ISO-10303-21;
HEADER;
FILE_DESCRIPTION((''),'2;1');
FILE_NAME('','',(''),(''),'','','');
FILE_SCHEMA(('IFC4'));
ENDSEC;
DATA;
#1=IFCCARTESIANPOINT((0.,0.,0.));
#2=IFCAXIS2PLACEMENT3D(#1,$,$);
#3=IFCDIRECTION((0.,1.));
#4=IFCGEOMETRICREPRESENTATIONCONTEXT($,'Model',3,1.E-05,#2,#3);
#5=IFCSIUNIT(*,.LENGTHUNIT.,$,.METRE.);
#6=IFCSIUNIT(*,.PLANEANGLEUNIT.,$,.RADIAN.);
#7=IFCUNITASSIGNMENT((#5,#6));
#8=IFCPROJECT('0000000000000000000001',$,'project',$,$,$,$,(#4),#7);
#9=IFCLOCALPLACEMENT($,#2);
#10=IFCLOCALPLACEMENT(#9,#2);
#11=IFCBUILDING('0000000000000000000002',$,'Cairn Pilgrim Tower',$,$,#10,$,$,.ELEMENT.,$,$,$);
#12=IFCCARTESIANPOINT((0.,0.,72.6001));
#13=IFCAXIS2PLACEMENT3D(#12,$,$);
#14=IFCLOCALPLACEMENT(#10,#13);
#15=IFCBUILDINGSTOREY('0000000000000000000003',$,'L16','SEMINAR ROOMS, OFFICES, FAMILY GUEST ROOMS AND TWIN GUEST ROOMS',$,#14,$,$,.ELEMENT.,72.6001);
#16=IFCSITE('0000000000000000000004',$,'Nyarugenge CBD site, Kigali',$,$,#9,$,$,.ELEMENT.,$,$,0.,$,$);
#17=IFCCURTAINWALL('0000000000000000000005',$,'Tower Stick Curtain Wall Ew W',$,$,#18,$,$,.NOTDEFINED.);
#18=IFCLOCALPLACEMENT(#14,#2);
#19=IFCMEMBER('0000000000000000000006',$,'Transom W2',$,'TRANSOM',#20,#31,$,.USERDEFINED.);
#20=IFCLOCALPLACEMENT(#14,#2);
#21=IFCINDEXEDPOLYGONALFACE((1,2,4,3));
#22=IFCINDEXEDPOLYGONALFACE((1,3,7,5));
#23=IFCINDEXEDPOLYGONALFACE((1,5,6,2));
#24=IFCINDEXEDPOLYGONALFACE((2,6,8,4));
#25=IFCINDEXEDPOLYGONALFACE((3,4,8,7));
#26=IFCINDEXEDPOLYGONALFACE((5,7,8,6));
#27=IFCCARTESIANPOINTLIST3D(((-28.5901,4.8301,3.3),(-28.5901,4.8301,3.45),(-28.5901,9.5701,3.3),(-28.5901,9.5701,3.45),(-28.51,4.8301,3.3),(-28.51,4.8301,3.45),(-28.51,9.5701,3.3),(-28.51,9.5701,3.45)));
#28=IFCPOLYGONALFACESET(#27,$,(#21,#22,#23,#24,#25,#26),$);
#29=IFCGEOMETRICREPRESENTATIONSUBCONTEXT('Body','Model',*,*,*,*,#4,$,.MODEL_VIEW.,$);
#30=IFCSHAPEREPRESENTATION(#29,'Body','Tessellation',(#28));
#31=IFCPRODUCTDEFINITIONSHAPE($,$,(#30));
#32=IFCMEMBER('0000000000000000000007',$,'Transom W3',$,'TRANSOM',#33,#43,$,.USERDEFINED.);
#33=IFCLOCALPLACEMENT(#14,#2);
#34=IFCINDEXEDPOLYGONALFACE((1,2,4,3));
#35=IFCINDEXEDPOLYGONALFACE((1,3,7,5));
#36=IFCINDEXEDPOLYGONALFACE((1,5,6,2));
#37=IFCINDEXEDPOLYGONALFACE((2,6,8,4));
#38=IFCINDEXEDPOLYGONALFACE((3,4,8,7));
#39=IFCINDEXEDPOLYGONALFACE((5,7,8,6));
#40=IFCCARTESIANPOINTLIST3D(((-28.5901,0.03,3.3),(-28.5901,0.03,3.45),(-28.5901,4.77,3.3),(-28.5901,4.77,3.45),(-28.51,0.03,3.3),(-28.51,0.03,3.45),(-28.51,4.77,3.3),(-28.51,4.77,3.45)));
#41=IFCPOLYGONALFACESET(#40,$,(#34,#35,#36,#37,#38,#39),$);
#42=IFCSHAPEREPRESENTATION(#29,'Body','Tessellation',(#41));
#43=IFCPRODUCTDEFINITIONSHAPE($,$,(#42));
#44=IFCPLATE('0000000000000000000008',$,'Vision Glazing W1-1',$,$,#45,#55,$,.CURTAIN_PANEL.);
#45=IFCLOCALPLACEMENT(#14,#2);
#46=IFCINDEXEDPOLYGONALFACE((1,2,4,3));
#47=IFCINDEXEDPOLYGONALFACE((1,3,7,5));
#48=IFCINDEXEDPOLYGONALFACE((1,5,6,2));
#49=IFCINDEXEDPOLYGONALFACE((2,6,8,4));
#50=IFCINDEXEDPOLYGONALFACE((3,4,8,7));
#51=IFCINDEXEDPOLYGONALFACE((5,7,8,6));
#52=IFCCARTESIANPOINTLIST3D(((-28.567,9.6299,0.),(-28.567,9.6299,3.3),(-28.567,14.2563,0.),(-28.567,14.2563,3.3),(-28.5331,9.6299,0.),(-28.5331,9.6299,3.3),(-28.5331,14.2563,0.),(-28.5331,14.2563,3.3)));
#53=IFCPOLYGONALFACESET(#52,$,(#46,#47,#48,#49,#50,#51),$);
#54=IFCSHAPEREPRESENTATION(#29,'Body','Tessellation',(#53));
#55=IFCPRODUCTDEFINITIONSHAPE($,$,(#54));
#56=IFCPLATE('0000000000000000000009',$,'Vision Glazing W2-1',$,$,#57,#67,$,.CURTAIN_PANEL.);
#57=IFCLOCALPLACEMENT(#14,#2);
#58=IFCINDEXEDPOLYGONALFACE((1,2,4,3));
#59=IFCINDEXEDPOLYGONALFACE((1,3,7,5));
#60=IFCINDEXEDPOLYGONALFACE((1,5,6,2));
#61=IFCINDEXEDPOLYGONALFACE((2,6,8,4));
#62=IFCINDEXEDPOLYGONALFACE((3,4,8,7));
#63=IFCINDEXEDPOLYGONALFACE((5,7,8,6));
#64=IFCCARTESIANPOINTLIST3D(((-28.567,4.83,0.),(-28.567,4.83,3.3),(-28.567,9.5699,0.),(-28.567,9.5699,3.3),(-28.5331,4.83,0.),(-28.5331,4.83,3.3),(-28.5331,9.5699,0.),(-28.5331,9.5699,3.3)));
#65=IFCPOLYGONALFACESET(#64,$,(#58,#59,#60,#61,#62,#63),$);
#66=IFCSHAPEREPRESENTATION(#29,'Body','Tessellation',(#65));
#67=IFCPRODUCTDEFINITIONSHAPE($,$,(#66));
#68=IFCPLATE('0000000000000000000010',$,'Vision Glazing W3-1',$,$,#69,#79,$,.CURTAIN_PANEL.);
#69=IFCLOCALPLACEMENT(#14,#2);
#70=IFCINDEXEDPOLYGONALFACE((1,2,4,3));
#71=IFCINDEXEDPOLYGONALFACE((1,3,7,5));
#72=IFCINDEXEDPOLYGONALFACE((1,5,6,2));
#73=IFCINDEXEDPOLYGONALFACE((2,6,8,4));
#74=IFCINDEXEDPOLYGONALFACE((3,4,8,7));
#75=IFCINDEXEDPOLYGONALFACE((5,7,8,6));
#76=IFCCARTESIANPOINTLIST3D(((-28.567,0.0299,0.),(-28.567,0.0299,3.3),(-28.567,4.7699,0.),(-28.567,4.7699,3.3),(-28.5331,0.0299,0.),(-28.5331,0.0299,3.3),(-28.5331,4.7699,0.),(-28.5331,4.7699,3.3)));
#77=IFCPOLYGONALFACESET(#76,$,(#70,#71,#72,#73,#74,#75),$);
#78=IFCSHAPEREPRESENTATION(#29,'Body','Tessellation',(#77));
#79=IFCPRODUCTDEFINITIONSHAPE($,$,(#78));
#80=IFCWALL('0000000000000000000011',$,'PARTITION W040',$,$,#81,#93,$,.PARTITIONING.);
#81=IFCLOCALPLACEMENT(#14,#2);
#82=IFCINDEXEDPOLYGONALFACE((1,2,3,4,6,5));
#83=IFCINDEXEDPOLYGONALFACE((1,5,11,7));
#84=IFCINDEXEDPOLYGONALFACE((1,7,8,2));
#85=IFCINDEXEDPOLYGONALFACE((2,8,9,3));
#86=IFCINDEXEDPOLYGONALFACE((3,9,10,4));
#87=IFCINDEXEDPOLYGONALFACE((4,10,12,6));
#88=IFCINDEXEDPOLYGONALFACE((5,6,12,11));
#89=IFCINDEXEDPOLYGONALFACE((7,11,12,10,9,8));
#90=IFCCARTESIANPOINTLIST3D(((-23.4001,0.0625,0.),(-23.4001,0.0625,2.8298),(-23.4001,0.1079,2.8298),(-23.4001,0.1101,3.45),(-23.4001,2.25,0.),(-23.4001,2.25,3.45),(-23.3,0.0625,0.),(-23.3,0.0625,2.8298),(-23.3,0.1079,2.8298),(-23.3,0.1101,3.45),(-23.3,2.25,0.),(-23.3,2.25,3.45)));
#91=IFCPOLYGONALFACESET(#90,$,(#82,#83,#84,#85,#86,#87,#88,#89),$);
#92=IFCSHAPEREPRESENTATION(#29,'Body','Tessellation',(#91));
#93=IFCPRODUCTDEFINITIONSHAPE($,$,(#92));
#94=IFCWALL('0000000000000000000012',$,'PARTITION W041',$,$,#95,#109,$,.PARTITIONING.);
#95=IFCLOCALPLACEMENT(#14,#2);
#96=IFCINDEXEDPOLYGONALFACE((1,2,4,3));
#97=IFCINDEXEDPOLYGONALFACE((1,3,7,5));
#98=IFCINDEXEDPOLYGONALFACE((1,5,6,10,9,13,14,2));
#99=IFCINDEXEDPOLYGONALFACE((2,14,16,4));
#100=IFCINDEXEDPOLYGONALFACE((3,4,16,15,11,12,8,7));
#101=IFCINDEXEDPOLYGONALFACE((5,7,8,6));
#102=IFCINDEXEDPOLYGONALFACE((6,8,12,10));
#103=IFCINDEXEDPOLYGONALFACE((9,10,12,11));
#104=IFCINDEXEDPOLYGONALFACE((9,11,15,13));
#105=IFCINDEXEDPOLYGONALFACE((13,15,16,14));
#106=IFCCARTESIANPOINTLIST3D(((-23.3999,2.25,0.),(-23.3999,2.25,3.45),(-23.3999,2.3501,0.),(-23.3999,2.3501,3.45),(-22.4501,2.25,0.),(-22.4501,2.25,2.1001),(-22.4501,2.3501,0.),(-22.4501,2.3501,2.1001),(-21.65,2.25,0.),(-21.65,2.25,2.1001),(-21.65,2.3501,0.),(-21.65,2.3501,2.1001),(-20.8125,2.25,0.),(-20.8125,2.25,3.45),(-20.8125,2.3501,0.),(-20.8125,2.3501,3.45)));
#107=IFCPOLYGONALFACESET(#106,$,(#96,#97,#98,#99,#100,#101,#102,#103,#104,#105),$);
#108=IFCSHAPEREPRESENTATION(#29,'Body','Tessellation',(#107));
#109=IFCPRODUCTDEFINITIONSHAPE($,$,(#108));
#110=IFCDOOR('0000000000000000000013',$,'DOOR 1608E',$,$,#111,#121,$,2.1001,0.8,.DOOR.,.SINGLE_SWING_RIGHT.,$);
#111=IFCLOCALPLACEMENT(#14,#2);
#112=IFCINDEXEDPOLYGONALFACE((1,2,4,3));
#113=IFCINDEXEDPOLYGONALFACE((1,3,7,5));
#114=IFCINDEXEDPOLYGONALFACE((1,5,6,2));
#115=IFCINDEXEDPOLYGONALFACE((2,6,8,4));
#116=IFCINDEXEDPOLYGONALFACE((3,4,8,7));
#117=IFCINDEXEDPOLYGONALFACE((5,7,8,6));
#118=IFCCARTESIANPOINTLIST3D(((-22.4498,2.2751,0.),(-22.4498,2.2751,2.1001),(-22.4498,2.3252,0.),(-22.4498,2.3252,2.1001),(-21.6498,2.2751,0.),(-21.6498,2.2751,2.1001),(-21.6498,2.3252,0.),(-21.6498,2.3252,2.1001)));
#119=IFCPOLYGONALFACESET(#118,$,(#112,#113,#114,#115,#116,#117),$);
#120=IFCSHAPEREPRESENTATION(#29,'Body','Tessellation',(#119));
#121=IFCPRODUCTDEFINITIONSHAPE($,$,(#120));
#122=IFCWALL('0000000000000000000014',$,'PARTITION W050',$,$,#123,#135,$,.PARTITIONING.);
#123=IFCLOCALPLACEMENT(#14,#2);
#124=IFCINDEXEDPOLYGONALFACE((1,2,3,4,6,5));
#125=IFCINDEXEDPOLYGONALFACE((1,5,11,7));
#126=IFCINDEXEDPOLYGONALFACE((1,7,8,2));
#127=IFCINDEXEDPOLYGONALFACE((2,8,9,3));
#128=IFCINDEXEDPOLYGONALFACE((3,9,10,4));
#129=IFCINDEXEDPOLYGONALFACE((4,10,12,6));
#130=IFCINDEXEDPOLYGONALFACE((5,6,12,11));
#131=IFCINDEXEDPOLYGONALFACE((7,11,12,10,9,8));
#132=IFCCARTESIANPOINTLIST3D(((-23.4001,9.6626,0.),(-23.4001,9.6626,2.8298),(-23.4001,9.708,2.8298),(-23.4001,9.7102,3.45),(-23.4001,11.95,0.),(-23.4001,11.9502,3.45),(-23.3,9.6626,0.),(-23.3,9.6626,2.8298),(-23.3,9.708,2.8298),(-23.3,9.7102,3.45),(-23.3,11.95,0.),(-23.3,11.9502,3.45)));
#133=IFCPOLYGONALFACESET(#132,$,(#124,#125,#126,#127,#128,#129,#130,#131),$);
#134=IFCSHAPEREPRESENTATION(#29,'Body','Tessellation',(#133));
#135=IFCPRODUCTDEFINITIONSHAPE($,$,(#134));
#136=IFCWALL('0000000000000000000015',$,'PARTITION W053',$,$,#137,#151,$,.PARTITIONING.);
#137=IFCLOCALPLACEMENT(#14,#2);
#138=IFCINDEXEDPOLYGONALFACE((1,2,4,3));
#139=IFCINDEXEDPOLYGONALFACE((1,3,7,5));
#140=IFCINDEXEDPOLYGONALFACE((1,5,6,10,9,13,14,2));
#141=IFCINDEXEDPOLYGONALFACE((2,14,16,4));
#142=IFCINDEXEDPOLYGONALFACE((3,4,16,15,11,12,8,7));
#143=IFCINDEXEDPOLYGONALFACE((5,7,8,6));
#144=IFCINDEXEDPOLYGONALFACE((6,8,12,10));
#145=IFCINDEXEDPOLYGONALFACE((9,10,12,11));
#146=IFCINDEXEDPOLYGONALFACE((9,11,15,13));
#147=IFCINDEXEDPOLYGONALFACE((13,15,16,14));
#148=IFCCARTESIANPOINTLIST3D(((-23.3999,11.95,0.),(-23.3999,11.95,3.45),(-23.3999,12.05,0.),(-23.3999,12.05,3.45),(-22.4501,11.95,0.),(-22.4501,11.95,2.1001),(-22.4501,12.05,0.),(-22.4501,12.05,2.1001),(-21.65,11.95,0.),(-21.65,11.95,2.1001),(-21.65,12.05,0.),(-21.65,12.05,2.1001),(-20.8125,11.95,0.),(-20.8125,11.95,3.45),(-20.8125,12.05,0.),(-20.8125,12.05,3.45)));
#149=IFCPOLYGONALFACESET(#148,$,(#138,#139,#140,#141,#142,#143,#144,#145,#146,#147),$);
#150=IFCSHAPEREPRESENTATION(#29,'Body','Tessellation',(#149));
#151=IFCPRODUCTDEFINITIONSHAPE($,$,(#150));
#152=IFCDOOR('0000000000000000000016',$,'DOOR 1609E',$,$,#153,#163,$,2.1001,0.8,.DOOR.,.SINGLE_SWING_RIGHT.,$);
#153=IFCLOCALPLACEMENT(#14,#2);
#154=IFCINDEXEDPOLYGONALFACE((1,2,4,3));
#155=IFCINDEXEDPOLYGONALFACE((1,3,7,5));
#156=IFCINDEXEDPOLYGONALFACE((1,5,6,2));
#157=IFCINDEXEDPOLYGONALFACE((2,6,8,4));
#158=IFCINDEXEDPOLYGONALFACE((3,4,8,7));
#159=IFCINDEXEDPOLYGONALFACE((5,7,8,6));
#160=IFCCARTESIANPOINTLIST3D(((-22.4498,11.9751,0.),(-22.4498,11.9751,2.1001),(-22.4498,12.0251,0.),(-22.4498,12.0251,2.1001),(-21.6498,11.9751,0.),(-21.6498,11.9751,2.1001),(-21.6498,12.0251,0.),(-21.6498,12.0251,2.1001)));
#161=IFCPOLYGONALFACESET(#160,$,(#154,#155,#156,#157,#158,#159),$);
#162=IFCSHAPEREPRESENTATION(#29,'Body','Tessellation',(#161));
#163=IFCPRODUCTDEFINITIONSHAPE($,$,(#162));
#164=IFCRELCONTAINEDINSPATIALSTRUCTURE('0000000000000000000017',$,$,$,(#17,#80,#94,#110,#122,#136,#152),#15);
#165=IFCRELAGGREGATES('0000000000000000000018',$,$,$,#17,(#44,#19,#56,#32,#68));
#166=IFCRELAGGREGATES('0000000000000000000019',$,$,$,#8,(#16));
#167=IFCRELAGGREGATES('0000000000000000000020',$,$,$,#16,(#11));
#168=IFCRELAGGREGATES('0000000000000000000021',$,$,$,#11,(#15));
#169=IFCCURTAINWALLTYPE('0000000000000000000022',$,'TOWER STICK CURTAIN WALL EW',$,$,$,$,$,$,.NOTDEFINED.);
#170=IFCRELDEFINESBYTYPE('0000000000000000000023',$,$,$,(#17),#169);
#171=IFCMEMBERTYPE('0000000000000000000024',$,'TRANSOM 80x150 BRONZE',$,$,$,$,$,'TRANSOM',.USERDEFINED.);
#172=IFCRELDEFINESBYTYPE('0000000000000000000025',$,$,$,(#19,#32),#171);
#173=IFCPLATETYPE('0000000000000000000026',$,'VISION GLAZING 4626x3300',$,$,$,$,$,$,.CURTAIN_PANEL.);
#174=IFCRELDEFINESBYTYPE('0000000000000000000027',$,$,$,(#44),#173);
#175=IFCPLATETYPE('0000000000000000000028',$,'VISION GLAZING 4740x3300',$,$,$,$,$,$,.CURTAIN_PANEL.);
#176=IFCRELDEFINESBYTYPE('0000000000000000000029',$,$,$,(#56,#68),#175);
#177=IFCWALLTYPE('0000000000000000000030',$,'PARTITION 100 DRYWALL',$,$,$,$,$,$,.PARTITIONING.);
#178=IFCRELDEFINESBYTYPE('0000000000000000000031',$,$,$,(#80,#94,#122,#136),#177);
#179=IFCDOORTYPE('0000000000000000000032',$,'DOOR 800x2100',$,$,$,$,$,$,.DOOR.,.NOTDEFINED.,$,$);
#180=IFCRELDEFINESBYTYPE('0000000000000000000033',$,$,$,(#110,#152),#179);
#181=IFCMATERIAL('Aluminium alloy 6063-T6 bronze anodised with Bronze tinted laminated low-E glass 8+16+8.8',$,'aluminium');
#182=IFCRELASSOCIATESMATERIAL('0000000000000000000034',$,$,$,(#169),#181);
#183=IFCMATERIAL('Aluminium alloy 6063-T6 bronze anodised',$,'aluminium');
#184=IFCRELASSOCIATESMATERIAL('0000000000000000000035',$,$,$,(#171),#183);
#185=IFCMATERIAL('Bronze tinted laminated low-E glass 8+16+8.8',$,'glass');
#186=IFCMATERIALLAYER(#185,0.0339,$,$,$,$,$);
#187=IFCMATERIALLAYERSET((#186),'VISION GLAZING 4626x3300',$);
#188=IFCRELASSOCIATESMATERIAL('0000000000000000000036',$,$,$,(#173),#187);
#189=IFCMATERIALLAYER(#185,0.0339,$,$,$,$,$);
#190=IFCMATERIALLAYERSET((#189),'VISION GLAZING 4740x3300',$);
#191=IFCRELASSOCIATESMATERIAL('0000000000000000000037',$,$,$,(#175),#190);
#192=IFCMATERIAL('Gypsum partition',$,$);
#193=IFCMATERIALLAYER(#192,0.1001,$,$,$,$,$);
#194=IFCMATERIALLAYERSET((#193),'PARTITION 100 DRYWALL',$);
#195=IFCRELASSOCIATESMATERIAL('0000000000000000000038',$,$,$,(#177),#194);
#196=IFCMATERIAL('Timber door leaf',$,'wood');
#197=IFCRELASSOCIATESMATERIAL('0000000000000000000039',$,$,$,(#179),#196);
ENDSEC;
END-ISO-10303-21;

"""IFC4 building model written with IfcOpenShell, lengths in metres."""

from ifc_helpers import new_model, si_unit, direction, frame, frame_2d, origin, origin_2d, place, context, subcontext, project, spatial, polyline, rectangle, outline, extrude, material, layer, layer_set, material_profile, profile_set, type_object, element, fill, aggregate, save


model = new_model("IFC4")

# Units and contexts
model_context = context("Model", 3, precision=1e-05, world=origin(), true_north=direction((0.0, 1.0)))
body_context = subcontext(model_context, "Body", "Model", "MODEL_VIEW")
ifc_project = project(units=[si_unit("LENGTHUNIT", "METRE"), si_unit("PLANEANGLEUNIT", "RADIAN")], contexts=[model_context])

# Site, building, storey
site_placement = place(None, origin())
site = spatial("IfcSite", under=ifc_project, at=site_placement, Name="Nyarugenge CBD site, Kigali", CompositionType="ELEMENT", RefElevation=0.0)
building_placement = place(site_placement, origin())
building = spatial("IfcBuilding", under=site, at=building_placement, Name="Cairn Pilgrim Tower", CompositionType="ELEMENT")
storey_placement = place(building_placement, frame((0.0, 0.0, 72.6001)))
storey = spatial("IfcBuildingStorey", under=building, at=storey_placement, Name="L16", Description="SEMINAR ROOMS, OFFICES, FAMILY GUEST ROOMS AND TWIN GUEST ROOMS", CompositionType="ELEMENT", Elevation=72.6001)

# Curtain wall
ifc_material_1 = material(Name="Aluminium alloy 6063-T6 bronze anodised with Bronze tinted laminated low-E glass 8+16+8.8", Category="aluminium")
curtain_wall_type = type_object("IfcCurtainWallType", Name="TOWER STICK CURTAIN WALL EW", PredefinedType="NOTDEFINED", material=ifc_material_1)
curtain_wall_placement = place(storey_placement, origin())
curtain_wall = element("IfcCurtainWall", 1, at=curtain_wall_placement, inside=storey, type_object=curtain_wall_type, Name="Tower Stick Curtain Wall Ew W", PredefinedType="NOTDEFINED")
ifc_material_2 = material(Name="Aluminium alloy 6063-T6 bronze anodised", Category="aluminium")

# Members
ifc_material_profile_1 = material_profile(ifc_material_2, rectangle(XDim=0.0801, YDim=0.1499, at=origin_2d()), Name="TRANSOM 80x150 BRONZE")
ifc_profile_set_1 = profile_set([ifc_material_profile_1], Name="Aluminium alloy 6063-T6 bronze anodised")
member_type_1 = type_object("IfcMemberType", Name="TRANSOM 80x150 BRONZE", ElementType="TRANSOM", PredefinedType="USERDEFINED", material=ifc_profile_set_1)
member_1_placement = place(storey_placement, frame((-28.55, 9.5701, 3.375), z_axis=(0.0, -1.0, 0.0), x_axis=(1.0, 0.0, 0.0)))
member_1 = element("IfcMember", 2, at=member_1_placement, type_object=member_type_1, Name="Transom W2", ObjectType="TRANSOM", PredefinedType="USERDEFINED", context=body_context, shape_type="SweptSolid", body=[
    extrude(rectangle(XDim=0.0801, YDim=0.1499, at=origin_2d()), origin(), (0.0, 0.0, 1.0), 4.74),
])
member_2_placement = place(storey_placement, frame((-28.55, 4.77, 3.375), z_axis=(0.0, -1.0, 0.0), x_axis=(1.0, 0.0, 0.0)))
member_2 = element("IfcMember", 3, at=member_2_placement, type_object=member_type_1, Name="Transom W3", ObjectType="TRANSOM", PredefinedType="USERDEFINED", context=body_context, shape_type="SweptSolid", body=[
    extrude(rectangle(XDim=0.0801, YDim=0.1499, at=origin_2d()), origin(), (0.0, 0.0, 1.0), 4.74),
])

# Plates
ifc_material_3 = material(Name="Bronze tinted laminated low-E glass 8+16+8.8", Category="glass")
ifc_layer_1 = layer(ifc_material_3, 0.0339)
ifc_layer_set_1 = layer_set([ifc_layer_1], Name="VISION GLAZING 4626x3300")
plate_type_1 = type_object("IfcPlateType", Name="VISION GLAZING 4626x3300", PredefinedType="CURTAIN_PANEL", material=ifc_layer_set_1)
plate_1_placement = place(storey_placement, frame((-28.55, 11.9431, 0.0), z_axis=(0.0, 0.0, 1.0), x_axis=(0.0, -1.0, 0.0)))
plate_1 = element("IfcPlate", 4, at=plate_1_placement, type_object=plate_type_1, Name="Vision Glazing W1-1", PredefinedType="CURTAIN_PANEL", context=body_context, shape_type="SweptSolid", body=[
    extrude(rectangle(XDim=4.6265, YDim=0.0339, at=origin_2d()), origin(), (0.0, 0.0, 1.0), 3.3),
])
ifc_layer_2 = layer(ifc_material_3, 0.0339)
ifc_layer_set_2 = layer_set([ifc_layer_2], Name="VISION GLAZING 4740x3300")
plate_type_2 = type_object("IfcPlateType", Name="VISION GLAZING 4740x3300", PredefinedType="CURTAIN_PANEL", material=ifc_layer_set_2)
plate_2_placement = place(storey_placement, frame((-28.55, 7.2, 0.0), z_axis=(0.0, 0.0, 1.0), x_axis=(0.0, -1.0, 0.0)))
plate_2 = element("IfcPlate", 5, at=plate_2_placement, type_object=plate_type_2, Name="Vision Glazing W2-1", PredefinedType="CURTAIN_PANEL", context=body_context, shape_type="SweptSolid", body=[
    extrude(rectangle(XDim=4.74, YDim=0.0339, at=origin_2d()), origin(), (0.0, 0.0, 1.0), 3.3),
])
plate_3_placement = place(storey_placement, frame((-28.55, 2.3999, 0.0), z_axis=(0.0, 0.0, 1.0), x_axis=(0.0, -1.0, 0.0)))
plate_3 = element("IfcPlate", 6, at=plate_3_placement, type_object=plate_type_2, Name="Vision Glazing W3-1", PredefinedType="CURTAIN_PANEL", context=body_context, shape_type="SweptSolid", body=[
    extrude(rectangle(XDim=4.74, YDim=0.0339, at=origin_2d()), origin(), (0.0, 0.0, 1.0), 3.3),
])
aggregate(curtain_wall, [plate_1, member_1, plate_2, member_2, plate_3])

# Wall
ifc_material_4 = material(Name="Gypsum partition")
ifc_layer_3 = layer(ifc_material_4, 0.1001)
ifc_layer_set_3 = layer_set([ifc_layer_3], Name="PARTITION 100 DRYWALL")
wall_type_1 = type_object("IfcWallType", Name="PARTITION 100 DRYWALL", PredefinedType="PARTITIONING", material=ifc_layer_set_3)
wall_1_placement = place(storey_placement, frame((-23.3501, 0.0625, 0.0), z_axis=(0.0, 0.0, 1.0), x_axis=(0.0, 1.0, 0.0)))
element("IfcWall", 7, at=wall_1_placement, inside=storey, type_object=wall_type_1, Name="PARTITION W040", PredefinedType="PARTITIONING", context=body_context, shape_type="SweptSolid", body=[
    extrude(outline(polyline([(0.0, 0.0), (2.1875, 0.0), (2.1875, 3.45), (0.0476, 3.45), (0.0454, 2.8298), (0.0, 2.8298), (0.0, 0.0)])), frame((0.0, 0.05, 0.0), z_axis=(0.0, -1.0, 0.0), x_axis=(1.0, 0.0, 0.0)), (0.0, 0.0, 1.0), 0.1001),
])

# Wall, opening, door
wall_2_placement = place(storey_placement, frame((-23.3999, 2.3, 0.0), z_axis=(0.0, 0.0, 1.0), x_axis=(1.0, 0.0, 0.0)))
wall_2 = element("IfcWall", 8, at=wall_2_placement, inside=storey, type_object=wall_type_1, Name="PARTITION W041", PredefinedType="PARTITIONING", context=body_context, shape_type="SweptSolid", body=[
    extrude(rectangle(XDim=2.5874, YDim=0.1001, at=frame_2d((1.2937, 0.0))), origin(), (0.0, 0.0, 1.0), 3.45),
])
opening_1_placement = place(wall_2_placement, frame((0.95, 0.0, 0.0)))
opening_1 = element("IfcOpeningElement", 9, at=opening_1_placement, cuts=wall_2, PredefinedType="OPENING", context=body_context, shape_type="SweptSolid", body=[
    extrude(rectangle(XDim=0.8, YDim=2.1001, at=frame_2d((0.3999, 1.05))), frame((0.0, 0.0601, 0.0), z_axis=(0.0, -1.0, 0.0), x_axis=(1.0, 0.0, 0.0)), (0.0, 0.0, 1.0), 0.1201),
])
ifc_material_5 = material(Name="Timber door leaf", Category="wood")
door_type_1 = type_object("IfcDoorType", Name="DOOR 800x2100", OperationType="NOTDEFINED", PredefinedType="DOOR", material=ifc_material_5)
door_1_placement = place(opening_1_placement, frame((0.8, 0.0, 0.0), z_axis=(0.0, 0.0, 1.0), x_axis=(-1.0, 0.0, 0.0)))
door_1 = element("IfcDoor", 10, at=door_1_placement, inside=storey, type_object=door_type_1, Name="DOOR 1608E", OperationType="SINGLE_SWING_RIGHT", OverallHeight=2.1001, OverallWidth=0.8, PredefinedType="DOOR", context=body_context, shape_type="SweptSolid", body=[
    extrude(rectangle(XDim=0.8, YDim=2.1001, at=frame_2d((0.3999, 1.05))), frame((0.0, 0.0249, 0.0), z_axis=(0.0, -1.0, 0.0), x_axis=(1.0, 0.0, 0.0)), (0.0, 0.0, 1.0), 0.05),
])
fill(opening_1, door_1)

# Wall
wall_3_placement = place(storey_placement, frame((-23.3501, 9.6626, 0.0), z_axis=(0.0, 0.0, 1.0), x_axis=(0.0, 1.0, 0.0)))
element("IfcWall", 11, at=wall_3_placement, inside=storey, type_object=wall_type_1, Name="PARTITION W050", PredefinedType="PARTITIONING", context=body_context, shape_type="SweptSolid", body=[
    extrude(outline(polyline([(0.0, 0.0), (2.2874, 0.0), (2.2876, 3.45), (0.0476, 3.45), (0.0454, 2.8298), (0.0, 2.8298), (0.0, 0.0)])), frame((0.0, 0.05, 0.0), z_axis=(0.0, -1.0, 0.0), x_axis=(1.0, 0.0, 0.0)), (0.0, 0.0, 1.0), 0.1001),
])

# Wall, opening, door
wall_4_placement = place(storey_placement, frame((-23.3999, 12.0, 0.0), z_axis=(0.0, 0.0, 1.0), x_axis=(1.0, 0.0, 0.0)))
wall_4 = element("IfcWall", 12, at=wall_4_placement, inside=storey, type_object=wall_type_1, Name="PARTITION W053", PredefinedType="PARTITIONING", context=body_context, shape_type="SweptSolid", body=[
    extrude(rectangle(XDim=2.5874, YDim=0.1001, at=frame_2d((1.2937, 0.0))), origin(), (0.0, 0.0, 1.0), 3.45),
])
opening_2_placement = place(wall_4_placement, frame((0.95, 0.0, 0.0)))
opening_2 = element("IfcOpeningElement", 13, at=opening_2_placement, cuts=wall_4, PredefinedType="OPENING", context=body_context, shape_type="SweptSolid", body=[
    extrude(rectangle(XDim=0.8, YDim=2.1001, at=frame_2d((0.3999, 1.05))), frame((0.0, 0.0601, 0.0), z_axis=(0.0, -1.0, 0.0), x_axis=(1.0, 0.0, 0.0)), (0.0, 0.0, 1.0), 0.1201),
])
door_2_placement = place(opening_2_placement, frame((0.8, 0.0, 0.0), z_axis=(0.0, 0.0, 1.0), x_axis=(-1.0, 0.0, 0.0)))
door_2 = element("IfcDoor", 14, at=door_2_placement, inside=storey, type_object=door_type_1, Name="DOOR 1609E", OperationType="SINGLE_SWING_RIGHT", OverallHeight=2.1001, OverallWidth=0.8, PredefinedType="DOOR", context=body_context, shape_type="SweptSolid", body=[
    extrude(rectangle(XDim=0.8, YDim=2.1001, at=frame_2d((0.3999, 1.05))), frame((0.0, 0.0249, 0.0), z_axis=(0.0, -1.0, 0.0), x_axis=(1.0, 0.0, 0.0)), (0.0, 0.0, 1.0), 0.05),
])
fill(opening_2, door_2)

save(model, "model.ifc")
